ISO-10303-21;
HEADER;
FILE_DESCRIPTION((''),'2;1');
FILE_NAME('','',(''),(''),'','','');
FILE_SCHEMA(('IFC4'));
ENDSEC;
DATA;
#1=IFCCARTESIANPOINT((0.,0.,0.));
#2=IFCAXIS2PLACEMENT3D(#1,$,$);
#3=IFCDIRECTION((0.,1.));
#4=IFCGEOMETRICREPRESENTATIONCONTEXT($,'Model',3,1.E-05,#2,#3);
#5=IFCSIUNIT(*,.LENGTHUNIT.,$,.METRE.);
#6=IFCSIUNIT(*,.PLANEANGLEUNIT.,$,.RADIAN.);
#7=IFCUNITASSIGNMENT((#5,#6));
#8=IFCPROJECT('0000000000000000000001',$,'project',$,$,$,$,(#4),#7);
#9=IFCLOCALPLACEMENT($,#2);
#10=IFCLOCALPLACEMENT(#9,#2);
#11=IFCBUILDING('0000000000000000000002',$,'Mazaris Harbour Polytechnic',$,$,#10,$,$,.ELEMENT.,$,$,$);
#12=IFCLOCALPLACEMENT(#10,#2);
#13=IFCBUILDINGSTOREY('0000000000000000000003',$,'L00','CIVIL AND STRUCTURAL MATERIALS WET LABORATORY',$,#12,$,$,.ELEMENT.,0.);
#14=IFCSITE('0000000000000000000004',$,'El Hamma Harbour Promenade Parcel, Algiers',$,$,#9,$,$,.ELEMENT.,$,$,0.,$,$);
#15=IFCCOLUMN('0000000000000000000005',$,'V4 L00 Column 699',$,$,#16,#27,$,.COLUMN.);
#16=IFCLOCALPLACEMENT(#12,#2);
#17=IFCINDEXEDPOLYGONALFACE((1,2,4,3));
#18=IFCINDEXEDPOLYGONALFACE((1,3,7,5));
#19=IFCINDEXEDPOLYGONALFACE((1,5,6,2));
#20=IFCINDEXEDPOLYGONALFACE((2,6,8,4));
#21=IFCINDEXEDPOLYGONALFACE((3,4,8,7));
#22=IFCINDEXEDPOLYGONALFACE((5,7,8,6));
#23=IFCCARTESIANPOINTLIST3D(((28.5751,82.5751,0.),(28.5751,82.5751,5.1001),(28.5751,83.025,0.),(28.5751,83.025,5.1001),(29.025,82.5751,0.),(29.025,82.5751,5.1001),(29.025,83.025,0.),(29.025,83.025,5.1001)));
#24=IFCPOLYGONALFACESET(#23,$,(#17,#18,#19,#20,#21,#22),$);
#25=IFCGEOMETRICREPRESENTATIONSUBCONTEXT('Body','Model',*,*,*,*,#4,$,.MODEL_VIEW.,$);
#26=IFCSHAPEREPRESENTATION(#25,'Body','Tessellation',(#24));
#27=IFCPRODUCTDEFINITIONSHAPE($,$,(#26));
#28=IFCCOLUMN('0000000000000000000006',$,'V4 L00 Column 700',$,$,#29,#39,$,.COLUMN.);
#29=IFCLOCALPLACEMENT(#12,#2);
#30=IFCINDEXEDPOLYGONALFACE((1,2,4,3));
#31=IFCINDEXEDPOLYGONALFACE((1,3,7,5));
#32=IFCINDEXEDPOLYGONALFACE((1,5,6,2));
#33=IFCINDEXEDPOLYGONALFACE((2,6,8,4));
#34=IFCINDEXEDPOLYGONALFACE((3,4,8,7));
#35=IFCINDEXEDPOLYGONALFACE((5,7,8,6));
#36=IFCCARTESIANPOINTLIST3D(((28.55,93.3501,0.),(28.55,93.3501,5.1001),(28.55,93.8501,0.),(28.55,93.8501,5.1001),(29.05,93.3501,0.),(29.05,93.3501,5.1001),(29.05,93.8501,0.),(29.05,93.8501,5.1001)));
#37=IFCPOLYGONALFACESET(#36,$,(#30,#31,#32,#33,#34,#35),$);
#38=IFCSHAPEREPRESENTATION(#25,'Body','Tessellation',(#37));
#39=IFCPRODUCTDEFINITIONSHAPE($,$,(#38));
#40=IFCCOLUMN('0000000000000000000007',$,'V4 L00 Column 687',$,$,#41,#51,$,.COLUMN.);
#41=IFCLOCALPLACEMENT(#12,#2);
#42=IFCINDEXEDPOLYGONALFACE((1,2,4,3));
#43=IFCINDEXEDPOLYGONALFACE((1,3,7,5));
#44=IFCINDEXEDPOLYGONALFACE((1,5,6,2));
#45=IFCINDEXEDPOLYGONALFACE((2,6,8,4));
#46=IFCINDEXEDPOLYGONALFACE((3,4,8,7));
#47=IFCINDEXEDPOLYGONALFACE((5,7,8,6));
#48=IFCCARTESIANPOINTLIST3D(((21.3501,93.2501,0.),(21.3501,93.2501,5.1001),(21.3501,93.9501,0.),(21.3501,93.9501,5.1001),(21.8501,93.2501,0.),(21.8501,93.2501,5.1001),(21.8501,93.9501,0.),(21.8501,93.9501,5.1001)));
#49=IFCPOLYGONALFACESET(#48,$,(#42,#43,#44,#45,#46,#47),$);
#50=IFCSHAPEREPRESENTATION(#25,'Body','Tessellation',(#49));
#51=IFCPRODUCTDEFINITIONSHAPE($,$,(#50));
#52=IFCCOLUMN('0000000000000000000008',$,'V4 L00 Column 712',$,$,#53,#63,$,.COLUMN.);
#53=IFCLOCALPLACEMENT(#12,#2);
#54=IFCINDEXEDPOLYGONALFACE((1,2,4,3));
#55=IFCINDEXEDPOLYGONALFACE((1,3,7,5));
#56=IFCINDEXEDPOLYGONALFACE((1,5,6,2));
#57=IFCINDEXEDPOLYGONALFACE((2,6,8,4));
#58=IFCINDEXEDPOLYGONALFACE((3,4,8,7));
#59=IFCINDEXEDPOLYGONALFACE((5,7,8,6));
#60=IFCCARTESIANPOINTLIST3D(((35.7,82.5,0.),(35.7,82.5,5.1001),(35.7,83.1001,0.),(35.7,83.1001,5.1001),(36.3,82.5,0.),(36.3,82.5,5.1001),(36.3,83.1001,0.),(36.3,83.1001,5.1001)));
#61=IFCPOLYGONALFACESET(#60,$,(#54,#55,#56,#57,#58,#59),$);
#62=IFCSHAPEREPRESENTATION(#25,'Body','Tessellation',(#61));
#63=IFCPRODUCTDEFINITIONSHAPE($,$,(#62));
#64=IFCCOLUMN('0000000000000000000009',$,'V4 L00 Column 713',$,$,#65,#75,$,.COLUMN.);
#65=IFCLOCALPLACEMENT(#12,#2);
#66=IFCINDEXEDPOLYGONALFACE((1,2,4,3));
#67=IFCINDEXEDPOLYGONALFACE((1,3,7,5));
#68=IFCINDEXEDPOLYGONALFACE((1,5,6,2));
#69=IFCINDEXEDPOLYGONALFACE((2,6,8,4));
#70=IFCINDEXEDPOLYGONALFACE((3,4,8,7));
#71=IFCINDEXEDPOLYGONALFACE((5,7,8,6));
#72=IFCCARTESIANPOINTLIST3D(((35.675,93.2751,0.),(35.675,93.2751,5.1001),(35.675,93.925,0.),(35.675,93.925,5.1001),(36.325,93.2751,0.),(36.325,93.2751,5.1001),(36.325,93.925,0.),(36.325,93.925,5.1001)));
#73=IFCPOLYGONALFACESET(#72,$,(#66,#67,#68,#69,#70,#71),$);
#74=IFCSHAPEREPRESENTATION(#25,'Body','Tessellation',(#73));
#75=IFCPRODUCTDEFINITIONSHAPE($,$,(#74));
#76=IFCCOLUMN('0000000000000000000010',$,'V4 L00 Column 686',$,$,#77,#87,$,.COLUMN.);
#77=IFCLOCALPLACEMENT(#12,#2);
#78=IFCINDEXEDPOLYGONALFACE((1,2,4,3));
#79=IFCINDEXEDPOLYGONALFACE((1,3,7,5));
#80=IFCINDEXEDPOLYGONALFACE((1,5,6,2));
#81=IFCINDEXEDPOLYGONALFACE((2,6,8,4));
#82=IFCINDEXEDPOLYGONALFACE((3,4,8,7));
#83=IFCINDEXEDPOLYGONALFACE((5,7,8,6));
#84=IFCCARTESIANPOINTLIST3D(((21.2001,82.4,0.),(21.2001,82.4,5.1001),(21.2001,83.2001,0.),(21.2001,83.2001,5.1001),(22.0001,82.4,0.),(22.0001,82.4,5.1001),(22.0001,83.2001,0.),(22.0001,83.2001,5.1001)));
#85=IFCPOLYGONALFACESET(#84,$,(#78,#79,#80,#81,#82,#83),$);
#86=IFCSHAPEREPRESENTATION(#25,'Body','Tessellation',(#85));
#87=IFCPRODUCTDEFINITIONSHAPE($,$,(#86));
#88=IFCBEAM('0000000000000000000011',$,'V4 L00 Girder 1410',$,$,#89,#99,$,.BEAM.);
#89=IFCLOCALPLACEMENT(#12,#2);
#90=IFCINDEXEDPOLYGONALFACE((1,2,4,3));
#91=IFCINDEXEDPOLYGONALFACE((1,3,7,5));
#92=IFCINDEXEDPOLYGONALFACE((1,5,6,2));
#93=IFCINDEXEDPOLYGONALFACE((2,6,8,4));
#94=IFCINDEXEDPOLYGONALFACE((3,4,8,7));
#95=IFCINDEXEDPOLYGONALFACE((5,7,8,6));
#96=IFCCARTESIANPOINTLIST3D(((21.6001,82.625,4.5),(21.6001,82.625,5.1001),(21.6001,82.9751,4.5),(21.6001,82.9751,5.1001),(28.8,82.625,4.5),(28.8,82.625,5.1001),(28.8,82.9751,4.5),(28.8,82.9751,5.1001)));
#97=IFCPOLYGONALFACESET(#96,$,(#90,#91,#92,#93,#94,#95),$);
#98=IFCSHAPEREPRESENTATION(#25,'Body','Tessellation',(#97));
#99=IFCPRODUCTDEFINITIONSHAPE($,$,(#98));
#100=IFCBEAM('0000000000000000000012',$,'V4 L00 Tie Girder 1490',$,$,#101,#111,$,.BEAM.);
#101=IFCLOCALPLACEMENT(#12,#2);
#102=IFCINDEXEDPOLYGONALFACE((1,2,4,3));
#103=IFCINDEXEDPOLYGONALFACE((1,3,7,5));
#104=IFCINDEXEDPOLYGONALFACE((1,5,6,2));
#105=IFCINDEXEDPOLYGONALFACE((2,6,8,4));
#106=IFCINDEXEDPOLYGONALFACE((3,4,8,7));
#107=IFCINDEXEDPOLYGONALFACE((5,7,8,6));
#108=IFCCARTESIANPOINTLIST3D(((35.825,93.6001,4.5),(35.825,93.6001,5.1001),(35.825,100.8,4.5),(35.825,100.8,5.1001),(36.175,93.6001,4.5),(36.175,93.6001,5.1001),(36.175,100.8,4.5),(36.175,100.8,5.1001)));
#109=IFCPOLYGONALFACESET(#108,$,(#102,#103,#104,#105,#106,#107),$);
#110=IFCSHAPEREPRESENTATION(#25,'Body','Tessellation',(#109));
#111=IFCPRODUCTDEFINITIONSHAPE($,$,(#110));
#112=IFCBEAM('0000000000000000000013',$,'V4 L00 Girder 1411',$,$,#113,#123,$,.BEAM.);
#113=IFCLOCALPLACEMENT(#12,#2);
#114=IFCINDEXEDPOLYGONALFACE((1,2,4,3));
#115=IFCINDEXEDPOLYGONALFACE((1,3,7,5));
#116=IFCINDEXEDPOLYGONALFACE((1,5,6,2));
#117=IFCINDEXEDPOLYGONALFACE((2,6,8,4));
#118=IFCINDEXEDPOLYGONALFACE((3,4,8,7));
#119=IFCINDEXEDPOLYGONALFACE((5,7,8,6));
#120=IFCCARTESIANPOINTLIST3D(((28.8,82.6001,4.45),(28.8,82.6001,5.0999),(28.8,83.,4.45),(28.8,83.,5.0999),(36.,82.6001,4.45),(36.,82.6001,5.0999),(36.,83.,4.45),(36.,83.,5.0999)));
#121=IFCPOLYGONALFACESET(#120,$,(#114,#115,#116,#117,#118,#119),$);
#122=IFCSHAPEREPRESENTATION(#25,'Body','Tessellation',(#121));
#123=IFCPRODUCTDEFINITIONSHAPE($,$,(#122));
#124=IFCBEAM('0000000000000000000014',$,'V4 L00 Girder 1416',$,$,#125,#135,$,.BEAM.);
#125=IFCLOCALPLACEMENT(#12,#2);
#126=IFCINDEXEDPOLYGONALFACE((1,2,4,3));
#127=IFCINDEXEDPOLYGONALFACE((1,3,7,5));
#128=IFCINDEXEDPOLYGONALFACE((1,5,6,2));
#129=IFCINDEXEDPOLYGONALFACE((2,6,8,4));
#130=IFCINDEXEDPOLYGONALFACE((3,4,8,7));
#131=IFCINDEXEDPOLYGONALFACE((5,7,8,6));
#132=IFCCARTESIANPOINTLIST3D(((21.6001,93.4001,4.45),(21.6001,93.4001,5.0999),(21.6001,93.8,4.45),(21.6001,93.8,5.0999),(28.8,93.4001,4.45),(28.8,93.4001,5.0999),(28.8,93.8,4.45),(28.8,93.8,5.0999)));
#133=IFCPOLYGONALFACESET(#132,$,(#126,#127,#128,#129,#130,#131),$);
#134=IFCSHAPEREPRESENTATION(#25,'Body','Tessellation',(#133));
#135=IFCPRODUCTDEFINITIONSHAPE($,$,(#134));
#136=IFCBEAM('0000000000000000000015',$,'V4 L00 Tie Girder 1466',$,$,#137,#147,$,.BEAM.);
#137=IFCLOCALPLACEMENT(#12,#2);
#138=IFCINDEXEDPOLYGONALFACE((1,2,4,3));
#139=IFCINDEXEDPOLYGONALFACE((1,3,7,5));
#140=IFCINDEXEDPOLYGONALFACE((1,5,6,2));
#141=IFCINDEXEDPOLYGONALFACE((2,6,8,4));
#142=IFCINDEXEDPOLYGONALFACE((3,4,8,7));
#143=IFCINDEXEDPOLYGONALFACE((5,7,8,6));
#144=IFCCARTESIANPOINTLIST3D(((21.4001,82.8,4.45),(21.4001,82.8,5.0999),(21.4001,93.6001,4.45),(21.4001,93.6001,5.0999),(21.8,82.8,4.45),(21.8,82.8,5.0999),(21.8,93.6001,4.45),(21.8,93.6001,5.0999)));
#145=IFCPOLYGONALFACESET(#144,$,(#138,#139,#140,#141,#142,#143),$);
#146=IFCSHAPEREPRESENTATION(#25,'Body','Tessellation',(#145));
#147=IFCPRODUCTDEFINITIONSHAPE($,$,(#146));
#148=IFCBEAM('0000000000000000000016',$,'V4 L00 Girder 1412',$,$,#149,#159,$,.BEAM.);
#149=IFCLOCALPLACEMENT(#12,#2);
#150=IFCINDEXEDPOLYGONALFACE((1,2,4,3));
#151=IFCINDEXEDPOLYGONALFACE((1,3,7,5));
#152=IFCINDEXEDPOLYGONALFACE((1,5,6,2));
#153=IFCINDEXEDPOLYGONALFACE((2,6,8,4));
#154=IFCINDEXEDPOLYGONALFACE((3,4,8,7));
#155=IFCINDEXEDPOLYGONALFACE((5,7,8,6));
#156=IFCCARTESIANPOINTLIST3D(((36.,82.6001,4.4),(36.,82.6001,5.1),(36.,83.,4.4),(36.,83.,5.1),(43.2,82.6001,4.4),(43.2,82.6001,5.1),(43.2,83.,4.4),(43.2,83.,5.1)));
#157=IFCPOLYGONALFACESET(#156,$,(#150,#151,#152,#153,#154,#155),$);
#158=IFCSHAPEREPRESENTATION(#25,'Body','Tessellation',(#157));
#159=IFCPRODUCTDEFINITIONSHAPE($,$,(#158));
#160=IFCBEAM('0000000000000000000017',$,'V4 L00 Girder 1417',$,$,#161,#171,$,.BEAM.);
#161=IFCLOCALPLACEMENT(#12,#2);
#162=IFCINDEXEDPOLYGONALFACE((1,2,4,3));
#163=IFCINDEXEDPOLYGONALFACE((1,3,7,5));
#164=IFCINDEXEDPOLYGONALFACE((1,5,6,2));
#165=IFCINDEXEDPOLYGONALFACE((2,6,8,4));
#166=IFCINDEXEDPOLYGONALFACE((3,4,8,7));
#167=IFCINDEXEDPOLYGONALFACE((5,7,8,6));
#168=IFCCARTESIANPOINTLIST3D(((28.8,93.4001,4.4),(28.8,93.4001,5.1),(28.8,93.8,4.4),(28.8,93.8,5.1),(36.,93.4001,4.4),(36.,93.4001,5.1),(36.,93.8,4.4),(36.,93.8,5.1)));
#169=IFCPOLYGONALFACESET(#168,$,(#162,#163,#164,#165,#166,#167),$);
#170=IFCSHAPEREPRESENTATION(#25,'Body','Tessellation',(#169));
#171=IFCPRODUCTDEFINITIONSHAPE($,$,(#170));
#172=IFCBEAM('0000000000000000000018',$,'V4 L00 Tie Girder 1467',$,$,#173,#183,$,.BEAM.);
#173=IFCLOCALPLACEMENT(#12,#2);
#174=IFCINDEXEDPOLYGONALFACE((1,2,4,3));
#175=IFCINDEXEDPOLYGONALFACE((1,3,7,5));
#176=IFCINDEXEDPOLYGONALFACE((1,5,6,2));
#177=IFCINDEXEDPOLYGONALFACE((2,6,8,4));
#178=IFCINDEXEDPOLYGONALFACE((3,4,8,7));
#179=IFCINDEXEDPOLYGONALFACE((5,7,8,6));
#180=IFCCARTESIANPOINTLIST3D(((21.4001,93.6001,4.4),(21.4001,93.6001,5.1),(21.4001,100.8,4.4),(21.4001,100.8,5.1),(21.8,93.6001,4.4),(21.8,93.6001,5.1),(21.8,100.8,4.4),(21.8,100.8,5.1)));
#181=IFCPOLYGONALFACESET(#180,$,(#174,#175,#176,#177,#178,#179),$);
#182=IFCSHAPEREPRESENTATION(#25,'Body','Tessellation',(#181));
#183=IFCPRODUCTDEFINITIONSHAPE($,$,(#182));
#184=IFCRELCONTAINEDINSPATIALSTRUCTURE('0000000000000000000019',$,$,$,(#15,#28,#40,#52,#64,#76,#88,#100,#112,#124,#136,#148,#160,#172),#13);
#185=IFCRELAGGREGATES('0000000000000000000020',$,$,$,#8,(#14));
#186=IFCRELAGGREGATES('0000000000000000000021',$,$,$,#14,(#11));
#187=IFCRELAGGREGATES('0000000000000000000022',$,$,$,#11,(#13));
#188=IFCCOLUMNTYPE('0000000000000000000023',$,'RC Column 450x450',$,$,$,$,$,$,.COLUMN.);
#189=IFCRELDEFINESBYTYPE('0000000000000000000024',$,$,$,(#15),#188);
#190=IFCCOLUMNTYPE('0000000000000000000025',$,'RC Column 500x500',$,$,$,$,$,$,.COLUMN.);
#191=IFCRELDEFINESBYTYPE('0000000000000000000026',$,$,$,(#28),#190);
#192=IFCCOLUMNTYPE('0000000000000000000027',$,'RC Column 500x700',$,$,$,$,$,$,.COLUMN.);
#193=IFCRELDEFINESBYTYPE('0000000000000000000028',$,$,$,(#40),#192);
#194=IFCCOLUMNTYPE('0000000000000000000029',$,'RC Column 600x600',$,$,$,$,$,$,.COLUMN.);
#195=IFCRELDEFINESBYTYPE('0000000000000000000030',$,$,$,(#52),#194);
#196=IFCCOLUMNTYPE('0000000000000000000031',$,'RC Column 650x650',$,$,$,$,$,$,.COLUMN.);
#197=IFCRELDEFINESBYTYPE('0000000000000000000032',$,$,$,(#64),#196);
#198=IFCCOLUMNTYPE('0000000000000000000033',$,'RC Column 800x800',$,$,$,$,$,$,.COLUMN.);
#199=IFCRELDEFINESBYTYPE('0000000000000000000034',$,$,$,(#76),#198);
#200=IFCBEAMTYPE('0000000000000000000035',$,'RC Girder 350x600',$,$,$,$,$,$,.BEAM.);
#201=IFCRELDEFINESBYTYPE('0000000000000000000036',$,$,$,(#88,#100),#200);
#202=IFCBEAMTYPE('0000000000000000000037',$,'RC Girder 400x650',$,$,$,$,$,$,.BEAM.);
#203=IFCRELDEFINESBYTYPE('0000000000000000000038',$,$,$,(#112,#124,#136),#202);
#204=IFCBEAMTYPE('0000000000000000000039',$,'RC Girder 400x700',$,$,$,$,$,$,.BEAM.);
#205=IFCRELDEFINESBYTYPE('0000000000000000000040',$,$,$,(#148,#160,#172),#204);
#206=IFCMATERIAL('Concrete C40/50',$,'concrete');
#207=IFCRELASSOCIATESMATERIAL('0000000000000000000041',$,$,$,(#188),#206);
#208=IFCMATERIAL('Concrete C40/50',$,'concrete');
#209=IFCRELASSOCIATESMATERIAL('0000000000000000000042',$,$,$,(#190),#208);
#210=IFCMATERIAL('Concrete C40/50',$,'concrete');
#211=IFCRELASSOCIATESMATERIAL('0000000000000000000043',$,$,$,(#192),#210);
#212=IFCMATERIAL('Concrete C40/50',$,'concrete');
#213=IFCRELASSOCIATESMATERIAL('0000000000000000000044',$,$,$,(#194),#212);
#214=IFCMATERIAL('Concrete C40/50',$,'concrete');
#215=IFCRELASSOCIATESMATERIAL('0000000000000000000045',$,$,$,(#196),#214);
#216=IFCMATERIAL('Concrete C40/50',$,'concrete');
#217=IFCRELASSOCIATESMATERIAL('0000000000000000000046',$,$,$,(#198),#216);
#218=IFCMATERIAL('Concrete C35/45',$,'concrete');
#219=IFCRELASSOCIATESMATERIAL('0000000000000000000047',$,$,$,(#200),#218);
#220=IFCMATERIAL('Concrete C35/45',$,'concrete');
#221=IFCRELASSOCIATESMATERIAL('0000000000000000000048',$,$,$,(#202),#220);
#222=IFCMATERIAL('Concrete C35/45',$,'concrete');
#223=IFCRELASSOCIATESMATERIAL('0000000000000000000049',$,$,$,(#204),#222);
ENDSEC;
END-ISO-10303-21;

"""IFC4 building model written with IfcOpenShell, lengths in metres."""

from ifc_helpers import new_model, si_unit, direction, frame, origin, origin_2d, place, context, subcontext, project, spatial, rectangle, extrude, material, material_profile, profile_set, type_object, element, save


model = new_model("IFC4")

# Units and contexts
model_context = context("Model", 3, precision=1e-05, world=origin(), true_north=direction((0.0, 1.0)))
body_context = subcontext(model_context, "Body", "Model", "MODEL_VIEW")
ifc_project = project(units=[si_unit("LENGTHUNIT", "METRE"), si_unit("PLANEANGLEUNIT", "RADIAN")], contexts=[model_context])

# Site, building, storey
site_placement = place(None, origin())
site = spatial("IfcSite", under=ifc_project, at=site_placement, Name="El Hamma Harbour Promenade Parcel, Algiers", CompositionType="ELEMENT", RefElevation=0.0)
building_placement = place(site_placement, origin())
building = spatial("IfcBuilding", under=site, at=building_placement, Name="Mazaris Harbour Polytechnic", CompositionType="ELEMENT")
storey_placement = place(building_placement, origin())
storey = spatial("IfcBuildingStorey", under=building, at=storey_placement, Name="L00", Description="CIVIL AND STRUCTURAL MATERIALS WET LABORATORY", CompositionType="ELEMENT", Elevation=0.0)

# Columns
ifc_material_1 = material(Name="Concrete C40/50", Category="concrete")
ifc_material_profile_1 = material_profile(ifc_material_1, rectangle(XDim=0.45, YDim=0.45, at=origin_2d()), Name="RECT450x450")
ifc_profile_set_1 = profile_set([ifc_material_profile_1], Name="Concrete C40/50")
column_type_1 = type_object("IfcColumnType", Name="RC Column 450x450", PredefinedType="COLUMN", material=ifc_profile_set_1)
column_1_placement = place(storey_placement, frame((28.8, 82.8, 0.0), z_axis=(0.0, 0.0, 1.0), x_axis=(1.0, 0.0, 0.0)))
element("IfcColumn", 1, at=column_1_placement, inside=storey, type_object=column_type_1, Name="V4 L00 Column 699", PredefinedType="COLUMN", context=body_context, shape_type="SweptSolid", body=[
    extrude(rectangle(XDim=0.45, YDim=0.45, at=origin_2d()), origin(), (0.0, 0.0, 1.0), 5.1001),
])
ifc_material_2 = material(Name="Concrete C40/50", Category="concrete")
ifc_material_profile_2 = material_profile(ifc_material_2, rectangle(XDim=0.5, YDim=0.5, at=origin_2d()), Name="RECT500x500")
ifc_profile_set_2 = profile_set([ifc_material_profile_2], Name="Concrete C40/50")
column_type_2 = type_object("IfcColumnType", Name="RC Column 500x500", PredefinedType="COLUMN", material=ifc_profile_set_2)
column_2_placement = place(storey_placement, frame((28.8, 93.6001, 0.0), z_axis=(0.0, 0.0, 1.0), x_axis=(1.0, 0.0, 0.0)))
element("IfcColumn", 2, at=column_2_placement, inside=storey, type_object=column_type_2, Name="V4 L00 Column 700", PredefinedType="COLUMN", context=body_context, shape_type="SweptSolid", body=[
    extrude(rectangle(XDim=0.5, YDim=0.5, at=origin_2d()), origin(), (0.0, 0.0, 1.0), 5.1001),
])
ifc_material_3 = material(Name="Concrete C40/50", Category="concrete")
ifc_material_profile_3 = material_profile(ifc_material_3, rectangle(XDim=0.5, YDim=0.7, at=origin_2d()), Name="RECT500x700")
ifc_profile_set_3 = profile_set([ifc_material_profile_3], Name="Concrete C40/50")
column_type_3 = type_object("IfcColumnType", Name="RC Column 500x700", PredefinedType="COLUMN", material=ifc_profile_set_3)
column_3_placement = place(storey_placement, frame((21.6001, 93.6001, 0.0), z_axis=(0.0, 0.0, 1.0), x_axis=(1.0, 0.0, 0.0)))
element("IfcColumn", 3, at=column_3_placement, inside=storey, type_object=column_type_3, Name="V4 L00 Column 687", PredefinedType="COLUMN", context=body_context, shape_type="SweptSolid", body=[
    extrude(rectangle(XDim=0.5, YDim=0.7, at=origin_2d()), origin(), (0.0, 0.0, 1.0), 5.1001),
])
ifc_material_4 = material(Name="Concrete C40/50", Category="concrete")
ifc_material_profile_4 = material_profile(ifc_material_4, rectangle(XDim=0.6001, YDim=0.6001, at=origin_2d()), Name="RECT600x600")
ifc_profile_set_4 = profile_set([ifc_material_profile_4], Name="Concrete C40/50")
column_type_4 = type_object("IfcColumnType", Name="RC Column 600x600", PredefinedType="COLUMN", material=ifc_profile_set_4)
column_4_placement = place(storey_placement, frame((36.0, 82.8, 0.0), z_axis=(0.0, 0.0, 1.0), x_axis=(1.0, 0.0, 0.0)))
element("IfcColumn", 4, at=column_4_placement, inside=storey, type_object=column_type_4, Name="V4 L00 Column 712", PredefinedType="COLUMN", context=body_context, shape_type="SweptSolid", body=[
    extrude(rectangle(XDim=0.6001, YDim=0.6001, at=origin_2d()), origin(), (0.0, 0.0, 1.0), 5.1001),
])
ifc_material_5 = material(Name="Concrete C40/50", Category="concrete")
ifc_material_profile_5 = material_profile(ifc_material_5, rectangle(XDim=0.6499, YDim=0.6499, at=origin_2d()), Name="RECT650x650")
ifc_profile_set_5 = profile_set([ifc_material_profile_5], Name="Concrete C40/50")
column_type_5 = type_object("IfcColumnType", Name="RC Column 650x650", PredefinedType="COLUMN", material=ifc_profile_set_5)
column_5_placement = place(storey_placement, frame((36.0, 93.6001, 0.0), z_axis=(0.0, 0.0, 1.0), x_axis=(1.0, 0.0, 0.0)))
element("IfcColumn", 5, at=column_5_placement, inside=storey, type_object=column_type_5, Name="V4 L00 Column 713", PredefinedType="COLUMN", context=body_context, shape_type="SweptSolid", body=[
    extrude(rectangle(XDim=0.6499, YDim=0.6499, at=origin_2d()), origin(), (0.0, 0.0, 1.0), 5.1001),
])
ifc_material_6 = material(Name="Concrete C40/50", Category="concrete")
ifc_material_profile_6 = material_profile(ifc_material_6, rectangle(XDim=0.8, YDim=0.8, at=origin_2d()), Name="RECT800x800")
ifc_profile_set_6 = profile_set([ifc_material_profile_6], Name="Concrete C40/50")
column_type_6 = type_object("IfcColumnType", Name="RC Column 800x800", PredefinedType="COLUMN", material=ifc_profile_set_6)
column_6_placement = place(storey_placement, frame((21.6001, 82.8, 0.0), z_axis=(0.0, 0.0, 1.0), x_axis=(1.0, 0.0, 0.0)))
element("IfcColumn", 6, at=column_6_placement, inside=storey, type_object=column_type_6, Name="V4 L00 Column 686", PredefinedType="COLUMN", context=body_context, shape_type="SweptSolid", body=[
    extrude(rectangle(XDim=0.8, YDim=0.8, at=origin_2d()), origin(), (0.0, 0.0, 1.0), 5.1001),
])

# Beams
ifc_material_7 = material(Name="Concrete C35/45", Category="concrete")
ifc_material_profile_7 = material_profile(ifc_material_7, rectangle(XDim=0.3501, YDim=0.6001, at=origin_2d()), Name="RECT350x600")
ifc_profile_set_7 = profile_set([ifc_material_profile_7], Name="Concrete C35/45")
beam_type_1 = type_object("IfcBeamType", Name="RC Girder 350x600", PredefinedType="BEAM", material=ifc_profile_set_7)
for number, where, z_axis, x_axis, name in (
    (7, (21.6001, 82.8, 4.8), (1.0, 0.0, 0.0), (0.0, 1.0, 0.0), "V4 L00 Girder 1410"),
    (8, (36.0, 93.6001, 4.8), (0.0, 1.0, 0.0), (-1.0, 0.0, 0.0), "V4 L00 Tie Girder 1490"),
):
    element("IfcBeam", number, at=place(storey_placement, frame(where, z_axis=z_axis, x_axis=x_axis)), inside=storey, type_object=beam_type_1, Name=name, PredefinedType="BEAM", context=body_context, shape_type="SweptSolid", body=[
        extrude(rectangle(XDim=0.3501, YDim=0.6001, at=origin_2d()), origin(), (0.0, 0.0, 1.0), 7.2),
    ])
ifc_material_8 = material(Name="Concrete C35/45", Category="concrete")
ifc_material_profile_8 = material_profile(ifc_material_8, rectangle(XDim=0.3999, YDim=0.6499, at=origin_2d()), Name="RECT400x650")
ifc_profile_set_8 = profile_set([ifc_material_profile_8], Name="Concrete C35/45")
beam_type_2 = type_object("IfcBeamType", Name="RC Girder 400x650", PredefinedType="BEAM", material=ifc_profile_set_8)
for number, where, z_axis, x_axis, name in (
    (9, (28.8, 82.8, 4.7749), (1.0, 0.0, 0.0), (0.0, 1.0, 0.0), "V4 L00 Girder 1411"),
    (10, (21.6001, 93.6001, 4.7749), (1.0, 0.0, 0.0), (0.0, 1.0, 0.0), "V4 L00 Girder 1416"),
):
    element("IfcBeam", number, at=place(storey_placement, frame(where, z_axis=z_axis, x_axis=x_axis)), inside=storey, type_object=beam_type_2, Name=name, PredefinedType="BEAM", context=body_context, shape_type="SweptSolid", body=[
        extrude(rectangle(XDim=0.3999, YDim=0.6499, at=origin_2d()), origin(), (0.0, 0.0, 1.0), 7.2),
    ])
beam_1_placement = place(storey_placement, frame((21.6001, 82.8, 4.7749), z_axis=(0.0, 1.0, 0.0), x_axis=(-1.0, 0.0, 0.0)))
element("IfcBeam", 11, at=beam_1_placement, inside=storey, type_object=beam_type_2, Name="V4 L00 Tie Girder 1466", PredefinedType="BEAM", context=body_context, shape_type="SweptSolid", body=[
    extrude(rectangle(XDim=0.3999, YDim=0.6499, at=origin_2d()), origin(), (0.0, 0.0, 1.0), 10.8),
])
ifc_material_9 = material(Name="Concrete C35/45", Category="concrete")
ifc_material_profile_9 = material_profile(ifc_material_9, rectangle(XDim=0.3999, YDim=0.7, at=origin_2d()), Name="RECT400x700")
ifc_profile_set_9 = profile_set([ifc_material_profile_9], Name="Concrete C35/45")
beam_type_3 = type_object("IfcBeamType", Name="RC Girder 400x700", PredefinedType="BEAM", material=ifc_profile_set_9)
for number, where, z_axis, x_axis, name in (
    (12, (36.0, 82.8, 4.75), (1.0, 0.0, 0.0), (0.0, 1.0, 0.0), "V4 L00 Girder 1412"),
    (13, (28.8, 93.6001, 4.75), (1.0, 0.0, 0.0), (0.0, 1.0, 0.0), "V4 L00 Girder 1417"),
    (14, (21.6001, 93.6001, 4.75), (0.0, 1.0, 0.0), (-1.0, 0.0, 0.0), "V4 L00 Tie Girder 1467"),
):
    element("IfcBeam", number, at=place(storey_placement, frame(where, z_axis=z_axis, x_axis=x_axis)), inside=storey, type_object=beam_type_3, Name=name, PredefinedType="BEAM", context=body_context, shape_type="SweptSolid", body=[
        extrude(rectangle(XDim=0.3999, YDim=0.7, at=origin_2d()), origin(), (0.0, 0.0, 1.0), 7.2),
    ])

save(model, "model.ifc")
